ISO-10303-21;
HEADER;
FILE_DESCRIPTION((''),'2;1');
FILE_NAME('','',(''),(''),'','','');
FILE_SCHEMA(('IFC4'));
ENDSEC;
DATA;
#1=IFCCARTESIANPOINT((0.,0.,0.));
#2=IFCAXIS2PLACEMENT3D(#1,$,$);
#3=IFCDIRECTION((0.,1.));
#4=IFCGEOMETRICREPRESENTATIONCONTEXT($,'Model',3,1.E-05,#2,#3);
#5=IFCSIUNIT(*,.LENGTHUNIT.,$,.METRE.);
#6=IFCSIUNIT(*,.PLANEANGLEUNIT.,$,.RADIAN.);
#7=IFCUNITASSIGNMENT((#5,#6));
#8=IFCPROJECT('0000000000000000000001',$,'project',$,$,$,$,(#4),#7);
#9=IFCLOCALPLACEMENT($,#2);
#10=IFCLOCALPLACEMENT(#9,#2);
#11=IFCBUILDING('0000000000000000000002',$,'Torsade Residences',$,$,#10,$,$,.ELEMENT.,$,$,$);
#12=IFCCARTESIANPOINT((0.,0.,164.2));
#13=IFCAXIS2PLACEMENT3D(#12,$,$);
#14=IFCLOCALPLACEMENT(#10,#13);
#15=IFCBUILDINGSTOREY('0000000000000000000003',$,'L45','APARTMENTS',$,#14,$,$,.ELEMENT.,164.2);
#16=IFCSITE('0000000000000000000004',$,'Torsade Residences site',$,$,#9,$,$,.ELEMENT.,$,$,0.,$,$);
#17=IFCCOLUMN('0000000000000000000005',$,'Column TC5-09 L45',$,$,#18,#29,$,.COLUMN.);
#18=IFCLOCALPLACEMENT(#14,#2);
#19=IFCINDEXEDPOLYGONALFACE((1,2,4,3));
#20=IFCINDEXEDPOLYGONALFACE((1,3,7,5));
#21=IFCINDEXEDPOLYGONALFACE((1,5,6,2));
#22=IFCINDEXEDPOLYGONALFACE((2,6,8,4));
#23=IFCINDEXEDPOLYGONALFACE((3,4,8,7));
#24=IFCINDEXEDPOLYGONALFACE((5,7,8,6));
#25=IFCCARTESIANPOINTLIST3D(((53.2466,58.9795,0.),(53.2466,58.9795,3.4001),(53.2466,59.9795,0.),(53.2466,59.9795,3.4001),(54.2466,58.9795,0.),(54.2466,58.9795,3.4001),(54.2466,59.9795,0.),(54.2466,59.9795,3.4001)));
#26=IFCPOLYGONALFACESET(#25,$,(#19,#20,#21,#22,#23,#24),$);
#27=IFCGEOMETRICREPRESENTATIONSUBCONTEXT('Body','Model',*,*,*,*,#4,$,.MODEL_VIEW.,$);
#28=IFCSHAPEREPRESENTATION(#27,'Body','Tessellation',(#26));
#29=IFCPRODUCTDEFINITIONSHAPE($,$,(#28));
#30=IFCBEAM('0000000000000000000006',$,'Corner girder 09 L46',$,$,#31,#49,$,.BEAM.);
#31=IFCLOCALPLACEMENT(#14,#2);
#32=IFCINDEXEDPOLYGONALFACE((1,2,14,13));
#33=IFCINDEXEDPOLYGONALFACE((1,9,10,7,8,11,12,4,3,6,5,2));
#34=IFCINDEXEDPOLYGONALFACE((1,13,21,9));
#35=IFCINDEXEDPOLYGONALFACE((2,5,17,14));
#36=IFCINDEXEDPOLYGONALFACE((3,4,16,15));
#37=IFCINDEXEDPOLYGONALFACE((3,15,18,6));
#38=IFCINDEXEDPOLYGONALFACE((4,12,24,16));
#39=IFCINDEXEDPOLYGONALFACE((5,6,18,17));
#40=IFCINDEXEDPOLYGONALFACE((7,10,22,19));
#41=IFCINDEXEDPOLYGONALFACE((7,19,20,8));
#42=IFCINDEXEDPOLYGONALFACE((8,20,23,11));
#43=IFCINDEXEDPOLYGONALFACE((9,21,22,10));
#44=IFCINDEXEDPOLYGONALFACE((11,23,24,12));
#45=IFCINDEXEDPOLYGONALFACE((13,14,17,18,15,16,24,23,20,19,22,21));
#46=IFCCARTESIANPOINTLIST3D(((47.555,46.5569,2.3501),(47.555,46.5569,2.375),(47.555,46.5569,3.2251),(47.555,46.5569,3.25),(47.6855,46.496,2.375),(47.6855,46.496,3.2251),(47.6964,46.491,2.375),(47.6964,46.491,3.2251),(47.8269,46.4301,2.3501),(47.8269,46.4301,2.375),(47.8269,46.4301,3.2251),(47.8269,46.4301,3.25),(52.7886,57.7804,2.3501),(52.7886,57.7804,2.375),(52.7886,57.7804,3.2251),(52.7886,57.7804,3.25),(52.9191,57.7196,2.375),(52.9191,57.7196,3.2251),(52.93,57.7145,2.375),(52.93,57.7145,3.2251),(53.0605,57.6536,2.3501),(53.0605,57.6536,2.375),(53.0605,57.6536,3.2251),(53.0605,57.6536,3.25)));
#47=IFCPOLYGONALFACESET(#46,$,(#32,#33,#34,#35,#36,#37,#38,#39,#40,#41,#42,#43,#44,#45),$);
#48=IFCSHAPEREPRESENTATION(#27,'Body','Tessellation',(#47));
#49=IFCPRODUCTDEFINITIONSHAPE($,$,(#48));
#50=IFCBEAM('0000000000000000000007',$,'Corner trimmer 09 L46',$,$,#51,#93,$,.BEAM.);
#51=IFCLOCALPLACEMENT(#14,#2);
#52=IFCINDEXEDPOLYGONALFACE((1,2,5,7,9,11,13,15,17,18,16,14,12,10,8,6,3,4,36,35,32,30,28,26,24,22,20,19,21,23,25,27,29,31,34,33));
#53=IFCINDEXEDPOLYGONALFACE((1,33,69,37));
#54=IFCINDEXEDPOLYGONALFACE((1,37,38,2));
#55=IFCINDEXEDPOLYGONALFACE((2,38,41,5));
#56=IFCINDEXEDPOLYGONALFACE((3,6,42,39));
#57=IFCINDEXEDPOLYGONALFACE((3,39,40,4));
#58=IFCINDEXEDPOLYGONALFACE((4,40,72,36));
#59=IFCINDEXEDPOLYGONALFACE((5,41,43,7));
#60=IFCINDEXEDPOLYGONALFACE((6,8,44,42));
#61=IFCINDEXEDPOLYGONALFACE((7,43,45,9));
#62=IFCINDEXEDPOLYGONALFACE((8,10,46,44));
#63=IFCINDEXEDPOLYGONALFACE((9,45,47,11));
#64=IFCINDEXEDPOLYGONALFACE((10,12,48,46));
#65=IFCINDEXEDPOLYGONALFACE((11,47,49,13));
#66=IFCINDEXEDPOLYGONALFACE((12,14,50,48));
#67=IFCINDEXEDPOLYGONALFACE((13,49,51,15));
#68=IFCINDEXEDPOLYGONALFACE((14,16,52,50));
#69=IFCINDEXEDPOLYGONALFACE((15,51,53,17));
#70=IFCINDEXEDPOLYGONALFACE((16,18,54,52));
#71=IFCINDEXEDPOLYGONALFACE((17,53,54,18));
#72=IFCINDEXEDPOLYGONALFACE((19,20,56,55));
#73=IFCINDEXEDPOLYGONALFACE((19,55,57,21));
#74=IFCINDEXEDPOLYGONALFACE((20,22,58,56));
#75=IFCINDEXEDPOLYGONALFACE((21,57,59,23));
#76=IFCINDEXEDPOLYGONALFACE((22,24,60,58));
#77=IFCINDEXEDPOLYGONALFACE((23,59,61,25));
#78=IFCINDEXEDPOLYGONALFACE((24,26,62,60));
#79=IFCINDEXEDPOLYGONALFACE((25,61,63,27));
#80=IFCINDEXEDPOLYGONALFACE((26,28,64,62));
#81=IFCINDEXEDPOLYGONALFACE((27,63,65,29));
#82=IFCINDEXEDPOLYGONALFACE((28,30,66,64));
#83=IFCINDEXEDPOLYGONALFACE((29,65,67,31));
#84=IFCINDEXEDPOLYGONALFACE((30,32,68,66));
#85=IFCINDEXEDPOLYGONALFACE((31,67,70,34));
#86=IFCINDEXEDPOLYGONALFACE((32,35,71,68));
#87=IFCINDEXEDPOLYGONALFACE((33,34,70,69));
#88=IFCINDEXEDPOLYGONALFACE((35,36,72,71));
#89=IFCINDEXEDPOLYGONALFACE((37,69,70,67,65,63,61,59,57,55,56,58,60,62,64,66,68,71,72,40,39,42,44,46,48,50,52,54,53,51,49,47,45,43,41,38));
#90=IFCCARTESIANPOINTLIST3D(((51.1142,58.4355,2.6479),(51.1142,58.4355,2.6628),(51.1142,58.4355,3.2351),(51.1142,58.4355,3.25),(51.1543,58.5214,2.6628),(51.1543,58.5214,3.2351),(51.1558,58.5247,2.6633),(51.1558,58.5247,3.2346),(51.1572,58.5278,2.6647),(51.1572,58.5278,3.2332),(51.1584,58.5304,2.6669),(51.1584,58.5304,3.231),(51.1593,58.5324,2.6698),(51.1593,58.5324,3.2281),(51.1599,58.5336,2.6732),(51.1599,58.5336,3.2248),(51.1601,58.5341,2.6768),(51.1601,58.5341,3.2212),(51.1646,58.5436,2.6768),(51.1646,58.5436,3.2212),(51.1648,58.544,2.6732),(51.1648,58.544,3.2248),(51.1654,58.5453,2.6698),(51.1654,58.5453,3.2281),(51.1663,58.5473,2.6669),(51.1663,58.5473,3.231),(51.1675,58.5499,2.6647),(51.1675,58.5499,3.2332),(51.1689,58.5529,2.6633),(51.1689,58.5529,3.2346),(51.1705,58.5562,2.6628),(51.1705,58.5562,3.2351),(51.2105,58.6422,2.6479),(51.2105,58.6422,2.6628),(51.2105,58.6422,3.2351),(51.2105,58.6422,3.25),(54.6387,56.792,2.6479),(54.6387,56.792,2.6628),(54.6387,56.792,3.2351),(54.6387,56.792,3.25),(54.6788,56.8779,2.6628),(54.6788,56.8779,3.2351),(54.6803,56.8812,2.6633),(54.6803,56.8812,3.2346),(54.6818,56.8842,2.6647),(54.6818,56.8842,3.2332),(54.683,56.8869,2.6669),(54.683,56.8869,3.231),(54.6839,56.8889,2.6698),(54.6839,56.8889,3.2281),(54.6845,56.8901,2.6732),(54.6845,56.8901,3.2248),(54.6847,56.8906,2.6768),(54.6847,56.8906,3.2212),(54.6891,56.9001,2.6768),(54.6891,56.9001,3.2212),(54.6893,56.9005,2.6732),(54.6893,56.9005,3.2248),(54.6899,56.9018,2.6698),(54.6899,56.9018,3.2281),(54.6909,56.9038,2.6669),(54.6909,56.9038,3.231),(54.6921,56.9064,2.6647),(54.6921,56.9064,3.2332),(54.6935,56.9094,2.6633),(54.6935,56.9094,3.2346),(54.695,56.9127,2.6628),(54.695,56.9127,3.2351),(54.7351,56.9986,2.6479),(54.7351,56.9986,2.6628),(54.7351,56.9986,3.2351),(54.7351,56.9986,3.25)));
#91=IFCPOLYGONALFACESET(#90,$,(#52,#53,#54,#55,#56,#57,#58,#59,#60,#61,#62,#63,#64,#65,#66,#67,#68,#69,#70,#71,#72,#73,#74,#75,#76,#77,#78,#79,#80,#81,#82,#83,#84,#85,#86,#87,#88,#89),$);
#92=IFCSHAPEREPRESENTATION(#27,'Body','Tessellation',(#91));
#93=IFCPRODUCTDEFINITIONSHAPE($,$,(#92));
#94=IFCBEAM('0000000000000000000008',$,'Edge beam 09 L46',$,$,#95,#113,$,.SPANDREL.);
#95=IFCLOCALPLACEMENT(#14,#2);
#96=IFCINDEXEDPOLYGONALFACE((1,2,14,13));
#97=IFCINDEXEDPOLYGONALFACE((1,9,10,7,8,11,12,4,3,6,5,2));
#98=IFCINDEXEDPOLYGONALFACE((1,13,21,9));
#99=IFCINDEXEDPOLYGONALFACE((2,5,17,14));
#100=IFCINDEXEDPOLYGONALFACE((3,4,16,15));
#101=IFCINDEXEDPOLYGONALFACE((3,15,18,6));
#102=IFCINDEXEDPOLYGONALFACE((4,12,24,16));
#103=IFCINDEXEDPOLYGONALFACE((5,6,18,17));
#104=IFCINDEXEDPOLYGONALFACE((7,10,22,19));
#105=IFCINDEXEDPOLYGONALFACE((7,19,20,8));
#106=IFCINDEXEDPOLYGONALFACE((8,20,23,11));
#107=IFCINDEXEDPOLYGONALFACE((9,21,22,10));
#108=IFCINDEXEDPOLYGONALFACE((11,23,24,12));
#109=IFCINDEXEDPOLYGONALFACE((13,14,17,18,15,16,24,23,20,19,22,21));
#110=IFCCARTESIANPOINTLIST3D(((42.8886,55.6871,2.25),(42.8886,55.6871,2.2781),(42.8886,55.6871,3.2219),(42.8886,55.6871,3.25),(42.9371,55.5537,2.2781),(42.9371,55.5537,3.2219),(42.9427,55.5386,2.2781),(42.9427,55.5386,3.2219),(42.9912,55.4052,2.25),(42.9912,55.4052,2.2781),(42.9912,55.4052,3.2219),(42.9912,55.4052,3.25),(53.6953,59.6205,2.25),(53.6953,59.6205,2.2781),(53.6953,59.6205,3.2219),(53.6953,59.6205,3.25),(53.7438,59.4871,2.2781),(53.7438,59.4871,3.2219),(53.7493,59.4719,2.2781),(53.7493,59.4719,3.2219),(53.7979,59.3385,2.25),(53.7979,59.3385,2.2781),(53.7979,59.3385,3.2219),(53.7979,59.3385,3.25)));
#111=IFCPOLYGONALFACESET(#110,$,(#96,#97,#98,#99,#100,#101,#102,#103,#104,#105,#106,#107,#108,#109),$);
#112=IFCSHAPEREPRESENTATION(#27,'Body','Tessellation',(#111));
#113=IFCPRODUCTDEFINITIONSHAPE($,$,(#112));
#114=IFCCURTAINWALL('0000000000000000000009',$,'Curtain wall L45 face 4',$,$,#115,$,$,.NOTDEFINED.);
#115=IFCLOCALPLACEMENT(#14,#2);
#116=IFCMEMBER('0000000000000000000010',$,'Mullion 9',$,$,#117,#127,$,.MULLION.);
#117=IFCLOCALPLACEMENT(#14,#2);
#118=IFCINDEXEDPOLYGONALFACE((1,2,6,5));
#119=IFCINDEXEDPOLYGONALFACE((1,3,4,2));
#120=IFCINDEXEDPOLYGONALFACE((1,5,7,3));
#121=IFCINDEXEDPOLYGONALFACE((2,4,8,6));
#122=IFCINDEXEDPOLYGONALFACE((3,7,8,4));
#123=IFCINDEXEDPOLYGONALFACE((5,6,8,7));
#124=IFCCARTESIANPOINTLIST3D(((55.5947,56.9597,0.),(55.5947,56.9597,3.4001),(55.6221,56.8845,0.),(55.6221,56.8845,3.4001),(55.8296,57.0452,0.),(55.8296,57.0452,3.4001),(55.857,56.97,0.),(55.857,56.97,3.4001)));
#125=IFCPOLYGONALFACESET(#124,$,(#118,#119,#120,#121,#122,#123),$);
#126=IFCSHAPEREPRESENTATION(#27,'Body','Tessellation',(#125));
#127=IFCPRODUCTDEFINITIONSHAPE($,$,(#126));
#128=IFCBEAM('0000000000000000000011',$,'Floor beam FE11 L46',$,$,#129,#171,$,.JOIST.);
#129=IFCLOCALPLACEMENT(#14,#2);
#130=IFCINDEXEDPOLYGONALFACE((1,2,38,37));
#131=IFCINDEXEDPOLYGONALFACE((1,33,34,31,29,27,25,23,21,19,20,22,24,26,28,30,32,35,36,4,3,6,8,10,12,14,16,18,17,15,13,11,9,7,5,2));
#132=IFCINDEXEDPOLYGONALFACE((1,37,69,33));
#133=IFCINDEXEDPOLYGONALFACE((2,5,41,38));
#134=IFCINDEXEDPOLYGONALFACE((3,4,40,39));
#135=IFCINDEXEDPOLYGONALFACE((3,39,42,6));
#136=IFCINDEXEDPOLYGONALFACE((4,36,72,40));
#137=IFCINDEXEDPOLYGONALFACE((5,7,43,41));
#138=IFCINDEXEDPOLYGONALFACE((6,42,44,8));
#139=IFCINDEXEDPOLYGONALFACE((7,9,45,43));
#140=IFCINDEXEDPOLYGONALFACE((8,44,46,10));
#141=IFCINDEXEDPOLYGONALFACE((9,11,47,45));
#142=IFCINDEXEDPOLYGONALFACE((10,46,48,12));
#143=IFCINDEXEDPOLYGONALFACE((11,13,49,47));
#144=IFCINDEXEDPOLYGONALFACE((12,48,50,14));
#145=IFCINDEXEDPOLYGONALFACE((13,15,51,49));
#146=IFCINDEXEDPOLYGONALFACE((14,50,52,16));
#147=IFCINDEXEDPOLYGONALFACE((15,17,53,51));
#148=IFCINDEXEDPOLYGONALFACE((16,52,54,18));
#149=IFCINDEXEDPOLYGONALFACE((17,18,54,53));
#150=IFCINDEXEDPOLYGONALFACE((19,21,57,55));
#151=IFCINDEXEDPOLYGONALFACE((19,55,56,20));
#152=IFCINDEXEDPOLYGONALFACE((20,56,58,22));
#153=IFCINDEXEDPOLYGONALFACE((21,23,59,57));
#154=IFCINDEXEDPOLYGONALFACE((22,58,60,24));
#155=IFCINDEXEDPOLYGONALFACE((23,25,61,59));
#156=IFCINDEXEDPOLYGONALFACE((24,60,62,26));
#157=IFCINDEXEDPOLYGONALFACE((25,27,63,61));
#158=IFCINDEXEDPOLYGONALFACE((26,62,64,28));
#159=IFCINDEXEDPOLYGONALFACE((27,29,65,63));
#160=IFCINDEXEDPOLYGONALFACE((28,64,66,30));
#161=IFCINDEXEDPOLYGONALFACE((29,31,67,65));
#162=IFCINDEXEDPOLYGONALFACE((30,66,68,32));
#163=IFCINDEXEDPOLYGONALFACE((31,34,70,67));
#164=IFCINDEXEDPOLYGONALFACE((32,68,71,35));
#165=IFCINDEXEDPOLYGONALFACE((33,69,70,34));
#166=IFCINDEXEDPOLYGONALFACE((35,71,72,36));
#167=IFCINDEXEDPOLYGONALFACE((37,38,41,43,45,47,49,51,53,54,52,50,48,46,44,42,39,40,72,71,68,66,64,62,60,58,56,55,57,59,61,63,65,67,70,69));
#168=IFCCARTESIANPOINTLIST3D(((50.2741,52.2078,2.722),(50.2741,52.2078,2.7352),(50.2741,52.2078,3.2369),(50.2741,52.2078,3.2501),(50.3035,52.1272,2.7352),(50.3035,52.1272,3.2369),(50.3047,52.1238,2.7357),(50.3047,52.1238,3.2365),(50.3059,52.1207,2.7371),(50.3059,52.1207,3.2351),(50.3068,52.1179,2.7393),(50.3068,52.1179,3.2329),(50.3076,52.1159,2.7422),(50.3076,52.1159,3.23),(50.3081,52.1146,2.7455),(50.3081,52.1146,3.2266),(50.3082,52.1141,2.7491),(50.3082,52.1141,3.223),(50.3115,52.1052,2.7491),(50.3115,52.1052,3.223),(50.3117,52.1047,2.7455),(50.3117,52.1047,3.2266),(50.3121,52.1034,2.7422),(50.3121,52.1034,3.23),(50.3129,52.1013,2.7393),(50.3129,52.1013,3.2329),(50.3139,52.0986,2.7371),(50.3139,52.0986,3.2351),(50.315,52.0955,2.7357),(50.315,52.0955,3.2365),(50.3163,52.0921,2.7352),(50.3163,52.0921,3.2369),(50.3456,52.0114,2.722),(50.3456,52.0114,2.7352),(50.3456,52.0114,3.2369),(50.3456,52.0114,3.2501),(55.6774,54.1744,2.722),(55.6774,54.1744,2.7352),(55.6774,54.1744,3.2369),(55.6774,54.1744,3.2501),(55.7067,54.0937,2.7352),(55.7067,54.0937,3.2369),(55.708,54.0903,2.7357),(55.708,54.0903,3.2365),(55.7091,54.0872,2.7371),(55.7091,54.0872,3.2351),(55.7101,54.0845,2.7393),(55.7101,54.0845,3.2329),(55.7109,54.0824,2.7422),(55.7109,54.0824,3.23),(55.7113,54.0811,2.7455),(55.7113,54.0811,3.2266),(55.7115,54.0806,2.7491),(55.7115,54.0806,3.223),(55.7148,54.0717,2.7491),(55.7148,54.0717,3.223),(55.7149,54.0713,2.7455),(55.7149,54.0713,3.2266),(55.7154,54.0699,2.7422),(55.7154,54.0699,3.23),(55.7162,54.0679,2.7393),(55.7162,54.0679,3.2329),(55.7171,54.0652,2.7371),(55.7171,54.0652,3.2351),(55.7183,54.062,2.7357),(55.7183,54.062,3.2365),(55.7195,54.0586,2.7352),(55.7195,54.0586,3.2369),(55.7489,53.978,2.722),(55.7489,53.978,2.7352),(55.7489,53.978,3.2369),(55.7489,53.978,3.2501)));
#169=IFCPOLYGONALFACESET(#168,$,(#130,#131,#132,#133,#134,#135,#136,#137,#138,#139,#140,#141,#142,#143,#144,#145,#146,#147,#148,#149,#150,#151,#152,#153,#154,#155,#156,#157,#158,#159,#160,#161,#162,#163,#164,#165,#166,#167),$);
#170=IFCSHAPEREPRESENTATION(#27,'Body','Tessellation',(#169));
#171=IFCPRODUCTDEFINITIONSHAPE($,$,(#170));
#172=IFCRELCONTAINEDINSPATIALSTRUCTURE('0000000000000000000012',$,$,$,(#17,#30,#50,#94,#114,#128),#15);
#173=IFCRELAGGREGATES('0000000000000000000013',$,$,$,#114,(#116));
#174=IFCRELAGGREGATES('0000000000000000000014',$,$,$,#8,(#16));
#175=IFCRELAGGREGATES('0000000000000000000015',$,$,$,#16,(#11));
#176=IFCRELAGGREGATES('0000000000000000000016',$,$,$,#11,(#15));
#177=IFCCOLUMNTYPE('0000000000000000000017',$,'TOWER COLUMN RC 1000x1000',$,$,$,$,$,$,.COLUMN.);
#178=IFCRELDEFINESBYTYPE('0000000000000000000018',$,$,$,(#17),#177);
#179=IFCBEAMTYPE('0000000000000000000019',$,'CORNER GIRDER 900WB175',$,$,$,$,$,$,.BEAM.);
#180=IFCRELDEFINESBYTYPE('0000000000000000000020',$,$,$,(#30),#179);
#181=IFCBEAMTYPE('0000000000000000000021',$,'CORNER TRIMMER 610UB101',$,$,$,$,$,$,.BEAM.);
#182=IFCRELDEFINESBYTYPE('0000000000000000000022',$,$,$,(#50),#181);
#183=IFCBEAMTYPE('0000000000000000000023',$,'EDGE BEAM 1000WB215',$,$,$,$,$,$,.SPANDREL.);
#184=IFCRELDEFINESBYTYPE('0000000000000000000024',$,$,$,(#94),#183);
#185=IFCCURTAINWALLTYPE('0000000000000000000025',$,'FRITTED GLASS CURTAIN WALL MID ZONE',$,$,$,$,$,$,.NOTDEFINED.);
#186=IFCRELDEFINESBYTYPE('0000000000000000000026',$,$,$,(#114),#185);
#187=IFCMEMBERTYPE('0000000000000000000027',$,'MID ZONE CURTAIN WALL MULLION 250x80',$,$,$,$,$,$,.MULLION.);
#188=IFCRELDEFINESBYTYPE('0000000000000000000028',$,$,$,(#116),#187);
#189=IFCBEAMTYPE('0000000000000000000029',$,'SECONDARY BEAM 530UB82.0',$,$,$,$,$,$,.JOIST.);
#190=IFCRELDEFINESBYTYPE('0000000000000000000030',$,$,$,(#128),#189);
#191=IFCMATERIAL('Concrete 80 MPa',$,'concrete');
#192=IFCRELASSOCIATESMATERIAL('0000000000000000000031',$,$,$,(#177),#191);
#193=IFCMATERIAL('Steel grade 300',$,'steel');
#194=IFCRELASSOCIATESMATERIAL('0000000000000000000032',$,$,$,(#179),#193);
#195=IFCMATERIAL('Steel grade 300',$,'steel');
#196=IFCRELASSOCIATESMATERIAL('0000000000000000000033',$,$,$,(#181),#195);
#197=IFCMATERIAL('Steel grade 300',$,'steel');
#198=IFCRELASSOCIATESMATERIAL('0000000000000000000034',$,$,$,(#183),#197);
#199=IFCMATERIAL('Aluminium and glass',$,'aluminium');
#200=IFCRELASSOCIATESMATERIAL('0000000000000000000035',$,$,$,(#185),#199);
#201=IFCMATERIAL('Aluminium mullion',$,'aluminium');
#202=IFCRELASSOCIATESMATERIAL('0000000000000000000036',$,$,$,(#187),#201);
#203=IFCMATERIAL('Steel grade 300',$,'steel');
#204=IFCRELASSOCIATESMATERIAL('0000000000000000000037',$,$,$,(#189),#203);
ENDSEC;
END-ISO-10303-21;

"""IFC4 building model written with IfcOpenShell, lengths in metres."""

from ifc_helpers import new_model, si_unit, direction, frame, origin, origin_2d, place, context, subcontext, project, spatial, rectangle, i_section, extrude, material, material_profile, profile_set, type_object, element, aggregate, save


model = new_model("IFC4")

# Units and contexts
model_context = context("Model", 3, precision=1e-05, world=origin(), true_north=direction((0.0, 1.0)))
body_context = subcontext(model_context, "Body", "Model", "MODEL_VIEW")
ifc_project = project(units=[si_unit("LENGTHUNIT", "METRE"), si_unit("PLANEANGLEUNIT", "RADIAN")], contexts=[model_context])

# Site, building, storey
site_placement = place(None, origin())
site = spatial("IfcSite", under=ifc_project, at=site_placement, Name="Torsade Residences site", CompositionType="ELEMENT", RefElevation=0.0)
building_placement = place(site_placement, origin())
building = spatial("IfcBuilding", under=site, at=building_placement, Name="Torsade Residences", CompositionType="ELEMENT")
storey_placement = place(building_placement, frame((0.0, 0.0, 164.2)))
storey = spatial("IfcBuildingStorey", under=building, at=storey_placement, Name="L45", Description="APARTMENTS", CompositionType="ELEMENT", Elevation=164.2)

# Column
ifc_material_1 = material(Name="Concrete 80 MPa", Category="concrete")
ifc_material_profile_1 = material_profile(ifc_material_1, rectangle(XDim=1.0, YDim=1.0, at=origin_2d()), Name="RC 1000x1000")
ifc_profile_set_1 = profile_set([ifc_material_profile_1], Name="Concrete 80 MPa")
column_type = type_object("IfcColumnType", Name="TOWER COLUMN RC 1000x1000", PredefinedType="COLUMN", material=ifc_profile_set_1)
column_placement = place(storey_placement, frame((53.7466, 59.4795, 0.0), z_axis=(0.0, 0.0, 1.0), x_axis=(1.0, 0.0, 0.0)))
element("IfcColumn", 1, at=column_placement, inside=storey, type_object=column_type, Name="Column TC5-09 L45", PredefinedType="COLUMN", context=body_context, shape_type="SweptSolid", body=[
    extrude(rectangle(XDim=1.0, YDim=1.0, at=origin_2d()), origin(), (0.0, 0.0, 1.0), 3.4001),
])

# Beams
ifc_material_2 = material(Name="Steel grade 300", Category="steel")
ifc_material_profile_2 = material_profile(ifc_material_2, i_section(OverallWidth=0.3, OverallDepth=0.8999, WebThickness=0.012, FlangeThickness=0.0249, at=origin_2d()), Name="900WB175")
ifc_profile_set_2 = profile_set([ifc_material_profile_2], Name="Steel grade 300")
beam_type_1 = type_object("IfcBeamType", Name="CORNER GIRDER 900WB175", PredefinedType="BEAM", material=ifc_profile_set_2)
beam_1_placement = place(storey_placement, frame((52.9246, 57.717, 2.8), z_axis=(-0.422617, -0.906309, 0.0), x_axis=(0.906309, -0.422617, 0.0)))
element("IfcBeam", 2, at=beam_1_placement, inside=storey, type_object=beam_type_1, Name="Corner girder 09 L46", PredefinedType="BEAM", context=body_context, shape_type="SweptSolid", body=[
    extrude(i_section(OverallWidth=0.3, OverallDepth=0.8999, WebThickness=0.012, FlangeThickness=0.0249, at=origin_2d()), origin(), (0.0, 0.0, 1.0), 12.3838),
])
ifc_material_3 = material(Name="Steel grade 300", Category="steel")
ifc_material_profile_3 = material_profile(ifc_material_3, i_section(OverallWidth=0.228, OverallDepth=0.6021, WebThickness=0.0105, FlangeThickness=0.0149, FilletRadius=0.0139, at=origin_2d()), Name="610UB101")
ifc_profile_set_3 = profile_set([ifc_material_profile_3], Name="Steel grade 300")
beam_type_2 = type_object("IfcBeamType", Name="CORNER TRIMMER 610UB101", PredefinedType="BEAM", material=ifc_profile_set_3)
beam_2_placement = place(storey_placement, frame((51.1624, 58.5388, 2.949), z_axis=(0.90631, -0.422614, 0.0), x_axis=(0.422614, 0.90631, 0.0)))
element("IfcBeam", 3, at=beam_2_placement, inside=storey, type_object=beam_type_2, Name="Corner trimmer 09 L46", PredefinedType="BEAM", context=body_context, shape_type="SweptSolid", body=[
    extrude(i_section(OverallWidth=0.228, OverallDepth=0.6021, WebThickness=0.0105, FlangeThickness=0.0149, FilletRadius=0.0139, at=origin_2d()), origin(), (0.0, 0.0, 1.0), 3.8889),
])
ifc_material_4 = material(Name="Steel grade 300", Category="steel")
ifc_material_profile_4 = material_profile(ifc_material_4, i_section(OverallWidth=0.3, OverallDepth=1.0, WebThickness=0.0161, FlangeThickness=0.0281, at=origin_2d()), Name="1000WB215")
ifc_profile_set_4 = profile_set([ifc_material_profile_4], Name="Steel grade 300")
beam_type_3 = type_object("IfcBeamType", Name="EDGE BEAM 1000WB215", PredefinedType="SPANDREL", material=ifc_profile_set_4)
beam_3_placement = place(storey_placement, frame((53.7466, 59.4795, 2.75), z_axis=(-0.939691, -0.342024, 0.0), x_axis=(0.342024, -0.939691, 0.0)))
element("IfcBeam", 4, at=beam_3_placement, inside=storey, type_object=beam_type_3, Name="Edge beam 09 L46", PredefinedType="SPANDREL", context=body_context, shape_type="SweptSolid", body=[
    extrude(i_section(OverallWidth=0.3, OverallDepth=1.0, WebThickness=0.0161, FlangeThickness=0.0281, at=origin_2d()), origin(), (0.0, 0.0, 1.0), 11.5002),
])

# Curtain wall, member
ifc_material_5 = material(Name="Aluminium and glass", Category="aluminium")
curtain_wall_type = type_object("IfcCurtainWallType", Name="FRITTED GLASS CURTAIN WALL MID ZONE", PredefinedType="NOTDEFINED", material=ifc_material_5)
curtain_wall_placement = place(storey_placement, origin())
curtain_wall = element("IfcCurtainWall", 5, at=curtain_wall_placement, inside=storey, type_object=curtain_wall_type, Name="Curtain wall L45 face 4", PredefinedType="NOTDEFINED")
ifc_material_6 = material(Name="Aluminium mullion", Category="aluminium")
ifc_material_profile_5 = material_profile(ifc_material_6, rectangle(XDim=0.25, YDim=0.0801, at=origin_2d()), Name="MID ZONE CURTAIN WALL MULLION 250x80")
ifc_profile_set_5 = profile_set([ifc_material_profile_5], Name="Aluminium mullion")
member_type = type_object("IfcMemberType", Name="MID ZONE CURTAIN WALL MULLION 250x80", PredefinedType="MULLION", material=ifc_profile_set_5)
member_placement = place(storey_placement, frame((55.7258, 56.9648, 0.0), z_axis=(0.0, 0.0, 1.0), x_axis=(-0.939693, -0.34202, 0.0)))
member = element("IfcMember", 6, at=member_placement, type_object=member_type, Name="Mullion 9", PredefinedType="MULLION", context=body_context, shape_type="SweptSolid", body=[
    extrude(rectangle(XDim=0.25, YDim=0.0801, at=origin_2d()), origin(), (0.0, 0.0, 1.0), 3.4001),
])

# Beam
ifc_material_7 = material(Name="Steel grade 300", Category="steel")
ifc_material_profile_6 = material_profile(ifc_material_7, i_section(OverallWidth=0.209, OverallDepth=0.5281, WebThickness=0.0095, FlangeThickness=0.0132, FilletRadius=0.0139, at=origin_2d()), Name="530UB82.0")
ifc_profile_set_6 = profile_set([ifc_material_profile_6], Name="Steel grade 300")
beam_type_4 = type_object("IfcBeamType", Name="SECONDARY BEAM 530UB82.0", PredefinedType="JOIST", material=ifc_profile_set_6)
beam_4_placement = place(storey_placement, frame((55.7131, 54.0762, 2.9861), z_axis=(-0.939698, -0.342006, 0.0), x_axis=(0.342006, -0.939698, 0.0)))
element("IfcBeam", 7, at=beam_4_placement, inside=storey, type_object=beam_type_4, Name="Floor beam FE11 L46", PredefinedType="JOIST", context=body_context, shape_type="SweptSolid", body=[
    extrude(i_section(OverallWidth=0.209, OverallDepth=0.5281, WebThickness=0.0095, FlangeThickness=0.0132, FilletRadius=0.0139, at=origin_2d()), origin(), (0.0, 0.0, 1.0), 5.75),
])

aggregate(curtain_wall, [member])

save(model, "model.ifc")
